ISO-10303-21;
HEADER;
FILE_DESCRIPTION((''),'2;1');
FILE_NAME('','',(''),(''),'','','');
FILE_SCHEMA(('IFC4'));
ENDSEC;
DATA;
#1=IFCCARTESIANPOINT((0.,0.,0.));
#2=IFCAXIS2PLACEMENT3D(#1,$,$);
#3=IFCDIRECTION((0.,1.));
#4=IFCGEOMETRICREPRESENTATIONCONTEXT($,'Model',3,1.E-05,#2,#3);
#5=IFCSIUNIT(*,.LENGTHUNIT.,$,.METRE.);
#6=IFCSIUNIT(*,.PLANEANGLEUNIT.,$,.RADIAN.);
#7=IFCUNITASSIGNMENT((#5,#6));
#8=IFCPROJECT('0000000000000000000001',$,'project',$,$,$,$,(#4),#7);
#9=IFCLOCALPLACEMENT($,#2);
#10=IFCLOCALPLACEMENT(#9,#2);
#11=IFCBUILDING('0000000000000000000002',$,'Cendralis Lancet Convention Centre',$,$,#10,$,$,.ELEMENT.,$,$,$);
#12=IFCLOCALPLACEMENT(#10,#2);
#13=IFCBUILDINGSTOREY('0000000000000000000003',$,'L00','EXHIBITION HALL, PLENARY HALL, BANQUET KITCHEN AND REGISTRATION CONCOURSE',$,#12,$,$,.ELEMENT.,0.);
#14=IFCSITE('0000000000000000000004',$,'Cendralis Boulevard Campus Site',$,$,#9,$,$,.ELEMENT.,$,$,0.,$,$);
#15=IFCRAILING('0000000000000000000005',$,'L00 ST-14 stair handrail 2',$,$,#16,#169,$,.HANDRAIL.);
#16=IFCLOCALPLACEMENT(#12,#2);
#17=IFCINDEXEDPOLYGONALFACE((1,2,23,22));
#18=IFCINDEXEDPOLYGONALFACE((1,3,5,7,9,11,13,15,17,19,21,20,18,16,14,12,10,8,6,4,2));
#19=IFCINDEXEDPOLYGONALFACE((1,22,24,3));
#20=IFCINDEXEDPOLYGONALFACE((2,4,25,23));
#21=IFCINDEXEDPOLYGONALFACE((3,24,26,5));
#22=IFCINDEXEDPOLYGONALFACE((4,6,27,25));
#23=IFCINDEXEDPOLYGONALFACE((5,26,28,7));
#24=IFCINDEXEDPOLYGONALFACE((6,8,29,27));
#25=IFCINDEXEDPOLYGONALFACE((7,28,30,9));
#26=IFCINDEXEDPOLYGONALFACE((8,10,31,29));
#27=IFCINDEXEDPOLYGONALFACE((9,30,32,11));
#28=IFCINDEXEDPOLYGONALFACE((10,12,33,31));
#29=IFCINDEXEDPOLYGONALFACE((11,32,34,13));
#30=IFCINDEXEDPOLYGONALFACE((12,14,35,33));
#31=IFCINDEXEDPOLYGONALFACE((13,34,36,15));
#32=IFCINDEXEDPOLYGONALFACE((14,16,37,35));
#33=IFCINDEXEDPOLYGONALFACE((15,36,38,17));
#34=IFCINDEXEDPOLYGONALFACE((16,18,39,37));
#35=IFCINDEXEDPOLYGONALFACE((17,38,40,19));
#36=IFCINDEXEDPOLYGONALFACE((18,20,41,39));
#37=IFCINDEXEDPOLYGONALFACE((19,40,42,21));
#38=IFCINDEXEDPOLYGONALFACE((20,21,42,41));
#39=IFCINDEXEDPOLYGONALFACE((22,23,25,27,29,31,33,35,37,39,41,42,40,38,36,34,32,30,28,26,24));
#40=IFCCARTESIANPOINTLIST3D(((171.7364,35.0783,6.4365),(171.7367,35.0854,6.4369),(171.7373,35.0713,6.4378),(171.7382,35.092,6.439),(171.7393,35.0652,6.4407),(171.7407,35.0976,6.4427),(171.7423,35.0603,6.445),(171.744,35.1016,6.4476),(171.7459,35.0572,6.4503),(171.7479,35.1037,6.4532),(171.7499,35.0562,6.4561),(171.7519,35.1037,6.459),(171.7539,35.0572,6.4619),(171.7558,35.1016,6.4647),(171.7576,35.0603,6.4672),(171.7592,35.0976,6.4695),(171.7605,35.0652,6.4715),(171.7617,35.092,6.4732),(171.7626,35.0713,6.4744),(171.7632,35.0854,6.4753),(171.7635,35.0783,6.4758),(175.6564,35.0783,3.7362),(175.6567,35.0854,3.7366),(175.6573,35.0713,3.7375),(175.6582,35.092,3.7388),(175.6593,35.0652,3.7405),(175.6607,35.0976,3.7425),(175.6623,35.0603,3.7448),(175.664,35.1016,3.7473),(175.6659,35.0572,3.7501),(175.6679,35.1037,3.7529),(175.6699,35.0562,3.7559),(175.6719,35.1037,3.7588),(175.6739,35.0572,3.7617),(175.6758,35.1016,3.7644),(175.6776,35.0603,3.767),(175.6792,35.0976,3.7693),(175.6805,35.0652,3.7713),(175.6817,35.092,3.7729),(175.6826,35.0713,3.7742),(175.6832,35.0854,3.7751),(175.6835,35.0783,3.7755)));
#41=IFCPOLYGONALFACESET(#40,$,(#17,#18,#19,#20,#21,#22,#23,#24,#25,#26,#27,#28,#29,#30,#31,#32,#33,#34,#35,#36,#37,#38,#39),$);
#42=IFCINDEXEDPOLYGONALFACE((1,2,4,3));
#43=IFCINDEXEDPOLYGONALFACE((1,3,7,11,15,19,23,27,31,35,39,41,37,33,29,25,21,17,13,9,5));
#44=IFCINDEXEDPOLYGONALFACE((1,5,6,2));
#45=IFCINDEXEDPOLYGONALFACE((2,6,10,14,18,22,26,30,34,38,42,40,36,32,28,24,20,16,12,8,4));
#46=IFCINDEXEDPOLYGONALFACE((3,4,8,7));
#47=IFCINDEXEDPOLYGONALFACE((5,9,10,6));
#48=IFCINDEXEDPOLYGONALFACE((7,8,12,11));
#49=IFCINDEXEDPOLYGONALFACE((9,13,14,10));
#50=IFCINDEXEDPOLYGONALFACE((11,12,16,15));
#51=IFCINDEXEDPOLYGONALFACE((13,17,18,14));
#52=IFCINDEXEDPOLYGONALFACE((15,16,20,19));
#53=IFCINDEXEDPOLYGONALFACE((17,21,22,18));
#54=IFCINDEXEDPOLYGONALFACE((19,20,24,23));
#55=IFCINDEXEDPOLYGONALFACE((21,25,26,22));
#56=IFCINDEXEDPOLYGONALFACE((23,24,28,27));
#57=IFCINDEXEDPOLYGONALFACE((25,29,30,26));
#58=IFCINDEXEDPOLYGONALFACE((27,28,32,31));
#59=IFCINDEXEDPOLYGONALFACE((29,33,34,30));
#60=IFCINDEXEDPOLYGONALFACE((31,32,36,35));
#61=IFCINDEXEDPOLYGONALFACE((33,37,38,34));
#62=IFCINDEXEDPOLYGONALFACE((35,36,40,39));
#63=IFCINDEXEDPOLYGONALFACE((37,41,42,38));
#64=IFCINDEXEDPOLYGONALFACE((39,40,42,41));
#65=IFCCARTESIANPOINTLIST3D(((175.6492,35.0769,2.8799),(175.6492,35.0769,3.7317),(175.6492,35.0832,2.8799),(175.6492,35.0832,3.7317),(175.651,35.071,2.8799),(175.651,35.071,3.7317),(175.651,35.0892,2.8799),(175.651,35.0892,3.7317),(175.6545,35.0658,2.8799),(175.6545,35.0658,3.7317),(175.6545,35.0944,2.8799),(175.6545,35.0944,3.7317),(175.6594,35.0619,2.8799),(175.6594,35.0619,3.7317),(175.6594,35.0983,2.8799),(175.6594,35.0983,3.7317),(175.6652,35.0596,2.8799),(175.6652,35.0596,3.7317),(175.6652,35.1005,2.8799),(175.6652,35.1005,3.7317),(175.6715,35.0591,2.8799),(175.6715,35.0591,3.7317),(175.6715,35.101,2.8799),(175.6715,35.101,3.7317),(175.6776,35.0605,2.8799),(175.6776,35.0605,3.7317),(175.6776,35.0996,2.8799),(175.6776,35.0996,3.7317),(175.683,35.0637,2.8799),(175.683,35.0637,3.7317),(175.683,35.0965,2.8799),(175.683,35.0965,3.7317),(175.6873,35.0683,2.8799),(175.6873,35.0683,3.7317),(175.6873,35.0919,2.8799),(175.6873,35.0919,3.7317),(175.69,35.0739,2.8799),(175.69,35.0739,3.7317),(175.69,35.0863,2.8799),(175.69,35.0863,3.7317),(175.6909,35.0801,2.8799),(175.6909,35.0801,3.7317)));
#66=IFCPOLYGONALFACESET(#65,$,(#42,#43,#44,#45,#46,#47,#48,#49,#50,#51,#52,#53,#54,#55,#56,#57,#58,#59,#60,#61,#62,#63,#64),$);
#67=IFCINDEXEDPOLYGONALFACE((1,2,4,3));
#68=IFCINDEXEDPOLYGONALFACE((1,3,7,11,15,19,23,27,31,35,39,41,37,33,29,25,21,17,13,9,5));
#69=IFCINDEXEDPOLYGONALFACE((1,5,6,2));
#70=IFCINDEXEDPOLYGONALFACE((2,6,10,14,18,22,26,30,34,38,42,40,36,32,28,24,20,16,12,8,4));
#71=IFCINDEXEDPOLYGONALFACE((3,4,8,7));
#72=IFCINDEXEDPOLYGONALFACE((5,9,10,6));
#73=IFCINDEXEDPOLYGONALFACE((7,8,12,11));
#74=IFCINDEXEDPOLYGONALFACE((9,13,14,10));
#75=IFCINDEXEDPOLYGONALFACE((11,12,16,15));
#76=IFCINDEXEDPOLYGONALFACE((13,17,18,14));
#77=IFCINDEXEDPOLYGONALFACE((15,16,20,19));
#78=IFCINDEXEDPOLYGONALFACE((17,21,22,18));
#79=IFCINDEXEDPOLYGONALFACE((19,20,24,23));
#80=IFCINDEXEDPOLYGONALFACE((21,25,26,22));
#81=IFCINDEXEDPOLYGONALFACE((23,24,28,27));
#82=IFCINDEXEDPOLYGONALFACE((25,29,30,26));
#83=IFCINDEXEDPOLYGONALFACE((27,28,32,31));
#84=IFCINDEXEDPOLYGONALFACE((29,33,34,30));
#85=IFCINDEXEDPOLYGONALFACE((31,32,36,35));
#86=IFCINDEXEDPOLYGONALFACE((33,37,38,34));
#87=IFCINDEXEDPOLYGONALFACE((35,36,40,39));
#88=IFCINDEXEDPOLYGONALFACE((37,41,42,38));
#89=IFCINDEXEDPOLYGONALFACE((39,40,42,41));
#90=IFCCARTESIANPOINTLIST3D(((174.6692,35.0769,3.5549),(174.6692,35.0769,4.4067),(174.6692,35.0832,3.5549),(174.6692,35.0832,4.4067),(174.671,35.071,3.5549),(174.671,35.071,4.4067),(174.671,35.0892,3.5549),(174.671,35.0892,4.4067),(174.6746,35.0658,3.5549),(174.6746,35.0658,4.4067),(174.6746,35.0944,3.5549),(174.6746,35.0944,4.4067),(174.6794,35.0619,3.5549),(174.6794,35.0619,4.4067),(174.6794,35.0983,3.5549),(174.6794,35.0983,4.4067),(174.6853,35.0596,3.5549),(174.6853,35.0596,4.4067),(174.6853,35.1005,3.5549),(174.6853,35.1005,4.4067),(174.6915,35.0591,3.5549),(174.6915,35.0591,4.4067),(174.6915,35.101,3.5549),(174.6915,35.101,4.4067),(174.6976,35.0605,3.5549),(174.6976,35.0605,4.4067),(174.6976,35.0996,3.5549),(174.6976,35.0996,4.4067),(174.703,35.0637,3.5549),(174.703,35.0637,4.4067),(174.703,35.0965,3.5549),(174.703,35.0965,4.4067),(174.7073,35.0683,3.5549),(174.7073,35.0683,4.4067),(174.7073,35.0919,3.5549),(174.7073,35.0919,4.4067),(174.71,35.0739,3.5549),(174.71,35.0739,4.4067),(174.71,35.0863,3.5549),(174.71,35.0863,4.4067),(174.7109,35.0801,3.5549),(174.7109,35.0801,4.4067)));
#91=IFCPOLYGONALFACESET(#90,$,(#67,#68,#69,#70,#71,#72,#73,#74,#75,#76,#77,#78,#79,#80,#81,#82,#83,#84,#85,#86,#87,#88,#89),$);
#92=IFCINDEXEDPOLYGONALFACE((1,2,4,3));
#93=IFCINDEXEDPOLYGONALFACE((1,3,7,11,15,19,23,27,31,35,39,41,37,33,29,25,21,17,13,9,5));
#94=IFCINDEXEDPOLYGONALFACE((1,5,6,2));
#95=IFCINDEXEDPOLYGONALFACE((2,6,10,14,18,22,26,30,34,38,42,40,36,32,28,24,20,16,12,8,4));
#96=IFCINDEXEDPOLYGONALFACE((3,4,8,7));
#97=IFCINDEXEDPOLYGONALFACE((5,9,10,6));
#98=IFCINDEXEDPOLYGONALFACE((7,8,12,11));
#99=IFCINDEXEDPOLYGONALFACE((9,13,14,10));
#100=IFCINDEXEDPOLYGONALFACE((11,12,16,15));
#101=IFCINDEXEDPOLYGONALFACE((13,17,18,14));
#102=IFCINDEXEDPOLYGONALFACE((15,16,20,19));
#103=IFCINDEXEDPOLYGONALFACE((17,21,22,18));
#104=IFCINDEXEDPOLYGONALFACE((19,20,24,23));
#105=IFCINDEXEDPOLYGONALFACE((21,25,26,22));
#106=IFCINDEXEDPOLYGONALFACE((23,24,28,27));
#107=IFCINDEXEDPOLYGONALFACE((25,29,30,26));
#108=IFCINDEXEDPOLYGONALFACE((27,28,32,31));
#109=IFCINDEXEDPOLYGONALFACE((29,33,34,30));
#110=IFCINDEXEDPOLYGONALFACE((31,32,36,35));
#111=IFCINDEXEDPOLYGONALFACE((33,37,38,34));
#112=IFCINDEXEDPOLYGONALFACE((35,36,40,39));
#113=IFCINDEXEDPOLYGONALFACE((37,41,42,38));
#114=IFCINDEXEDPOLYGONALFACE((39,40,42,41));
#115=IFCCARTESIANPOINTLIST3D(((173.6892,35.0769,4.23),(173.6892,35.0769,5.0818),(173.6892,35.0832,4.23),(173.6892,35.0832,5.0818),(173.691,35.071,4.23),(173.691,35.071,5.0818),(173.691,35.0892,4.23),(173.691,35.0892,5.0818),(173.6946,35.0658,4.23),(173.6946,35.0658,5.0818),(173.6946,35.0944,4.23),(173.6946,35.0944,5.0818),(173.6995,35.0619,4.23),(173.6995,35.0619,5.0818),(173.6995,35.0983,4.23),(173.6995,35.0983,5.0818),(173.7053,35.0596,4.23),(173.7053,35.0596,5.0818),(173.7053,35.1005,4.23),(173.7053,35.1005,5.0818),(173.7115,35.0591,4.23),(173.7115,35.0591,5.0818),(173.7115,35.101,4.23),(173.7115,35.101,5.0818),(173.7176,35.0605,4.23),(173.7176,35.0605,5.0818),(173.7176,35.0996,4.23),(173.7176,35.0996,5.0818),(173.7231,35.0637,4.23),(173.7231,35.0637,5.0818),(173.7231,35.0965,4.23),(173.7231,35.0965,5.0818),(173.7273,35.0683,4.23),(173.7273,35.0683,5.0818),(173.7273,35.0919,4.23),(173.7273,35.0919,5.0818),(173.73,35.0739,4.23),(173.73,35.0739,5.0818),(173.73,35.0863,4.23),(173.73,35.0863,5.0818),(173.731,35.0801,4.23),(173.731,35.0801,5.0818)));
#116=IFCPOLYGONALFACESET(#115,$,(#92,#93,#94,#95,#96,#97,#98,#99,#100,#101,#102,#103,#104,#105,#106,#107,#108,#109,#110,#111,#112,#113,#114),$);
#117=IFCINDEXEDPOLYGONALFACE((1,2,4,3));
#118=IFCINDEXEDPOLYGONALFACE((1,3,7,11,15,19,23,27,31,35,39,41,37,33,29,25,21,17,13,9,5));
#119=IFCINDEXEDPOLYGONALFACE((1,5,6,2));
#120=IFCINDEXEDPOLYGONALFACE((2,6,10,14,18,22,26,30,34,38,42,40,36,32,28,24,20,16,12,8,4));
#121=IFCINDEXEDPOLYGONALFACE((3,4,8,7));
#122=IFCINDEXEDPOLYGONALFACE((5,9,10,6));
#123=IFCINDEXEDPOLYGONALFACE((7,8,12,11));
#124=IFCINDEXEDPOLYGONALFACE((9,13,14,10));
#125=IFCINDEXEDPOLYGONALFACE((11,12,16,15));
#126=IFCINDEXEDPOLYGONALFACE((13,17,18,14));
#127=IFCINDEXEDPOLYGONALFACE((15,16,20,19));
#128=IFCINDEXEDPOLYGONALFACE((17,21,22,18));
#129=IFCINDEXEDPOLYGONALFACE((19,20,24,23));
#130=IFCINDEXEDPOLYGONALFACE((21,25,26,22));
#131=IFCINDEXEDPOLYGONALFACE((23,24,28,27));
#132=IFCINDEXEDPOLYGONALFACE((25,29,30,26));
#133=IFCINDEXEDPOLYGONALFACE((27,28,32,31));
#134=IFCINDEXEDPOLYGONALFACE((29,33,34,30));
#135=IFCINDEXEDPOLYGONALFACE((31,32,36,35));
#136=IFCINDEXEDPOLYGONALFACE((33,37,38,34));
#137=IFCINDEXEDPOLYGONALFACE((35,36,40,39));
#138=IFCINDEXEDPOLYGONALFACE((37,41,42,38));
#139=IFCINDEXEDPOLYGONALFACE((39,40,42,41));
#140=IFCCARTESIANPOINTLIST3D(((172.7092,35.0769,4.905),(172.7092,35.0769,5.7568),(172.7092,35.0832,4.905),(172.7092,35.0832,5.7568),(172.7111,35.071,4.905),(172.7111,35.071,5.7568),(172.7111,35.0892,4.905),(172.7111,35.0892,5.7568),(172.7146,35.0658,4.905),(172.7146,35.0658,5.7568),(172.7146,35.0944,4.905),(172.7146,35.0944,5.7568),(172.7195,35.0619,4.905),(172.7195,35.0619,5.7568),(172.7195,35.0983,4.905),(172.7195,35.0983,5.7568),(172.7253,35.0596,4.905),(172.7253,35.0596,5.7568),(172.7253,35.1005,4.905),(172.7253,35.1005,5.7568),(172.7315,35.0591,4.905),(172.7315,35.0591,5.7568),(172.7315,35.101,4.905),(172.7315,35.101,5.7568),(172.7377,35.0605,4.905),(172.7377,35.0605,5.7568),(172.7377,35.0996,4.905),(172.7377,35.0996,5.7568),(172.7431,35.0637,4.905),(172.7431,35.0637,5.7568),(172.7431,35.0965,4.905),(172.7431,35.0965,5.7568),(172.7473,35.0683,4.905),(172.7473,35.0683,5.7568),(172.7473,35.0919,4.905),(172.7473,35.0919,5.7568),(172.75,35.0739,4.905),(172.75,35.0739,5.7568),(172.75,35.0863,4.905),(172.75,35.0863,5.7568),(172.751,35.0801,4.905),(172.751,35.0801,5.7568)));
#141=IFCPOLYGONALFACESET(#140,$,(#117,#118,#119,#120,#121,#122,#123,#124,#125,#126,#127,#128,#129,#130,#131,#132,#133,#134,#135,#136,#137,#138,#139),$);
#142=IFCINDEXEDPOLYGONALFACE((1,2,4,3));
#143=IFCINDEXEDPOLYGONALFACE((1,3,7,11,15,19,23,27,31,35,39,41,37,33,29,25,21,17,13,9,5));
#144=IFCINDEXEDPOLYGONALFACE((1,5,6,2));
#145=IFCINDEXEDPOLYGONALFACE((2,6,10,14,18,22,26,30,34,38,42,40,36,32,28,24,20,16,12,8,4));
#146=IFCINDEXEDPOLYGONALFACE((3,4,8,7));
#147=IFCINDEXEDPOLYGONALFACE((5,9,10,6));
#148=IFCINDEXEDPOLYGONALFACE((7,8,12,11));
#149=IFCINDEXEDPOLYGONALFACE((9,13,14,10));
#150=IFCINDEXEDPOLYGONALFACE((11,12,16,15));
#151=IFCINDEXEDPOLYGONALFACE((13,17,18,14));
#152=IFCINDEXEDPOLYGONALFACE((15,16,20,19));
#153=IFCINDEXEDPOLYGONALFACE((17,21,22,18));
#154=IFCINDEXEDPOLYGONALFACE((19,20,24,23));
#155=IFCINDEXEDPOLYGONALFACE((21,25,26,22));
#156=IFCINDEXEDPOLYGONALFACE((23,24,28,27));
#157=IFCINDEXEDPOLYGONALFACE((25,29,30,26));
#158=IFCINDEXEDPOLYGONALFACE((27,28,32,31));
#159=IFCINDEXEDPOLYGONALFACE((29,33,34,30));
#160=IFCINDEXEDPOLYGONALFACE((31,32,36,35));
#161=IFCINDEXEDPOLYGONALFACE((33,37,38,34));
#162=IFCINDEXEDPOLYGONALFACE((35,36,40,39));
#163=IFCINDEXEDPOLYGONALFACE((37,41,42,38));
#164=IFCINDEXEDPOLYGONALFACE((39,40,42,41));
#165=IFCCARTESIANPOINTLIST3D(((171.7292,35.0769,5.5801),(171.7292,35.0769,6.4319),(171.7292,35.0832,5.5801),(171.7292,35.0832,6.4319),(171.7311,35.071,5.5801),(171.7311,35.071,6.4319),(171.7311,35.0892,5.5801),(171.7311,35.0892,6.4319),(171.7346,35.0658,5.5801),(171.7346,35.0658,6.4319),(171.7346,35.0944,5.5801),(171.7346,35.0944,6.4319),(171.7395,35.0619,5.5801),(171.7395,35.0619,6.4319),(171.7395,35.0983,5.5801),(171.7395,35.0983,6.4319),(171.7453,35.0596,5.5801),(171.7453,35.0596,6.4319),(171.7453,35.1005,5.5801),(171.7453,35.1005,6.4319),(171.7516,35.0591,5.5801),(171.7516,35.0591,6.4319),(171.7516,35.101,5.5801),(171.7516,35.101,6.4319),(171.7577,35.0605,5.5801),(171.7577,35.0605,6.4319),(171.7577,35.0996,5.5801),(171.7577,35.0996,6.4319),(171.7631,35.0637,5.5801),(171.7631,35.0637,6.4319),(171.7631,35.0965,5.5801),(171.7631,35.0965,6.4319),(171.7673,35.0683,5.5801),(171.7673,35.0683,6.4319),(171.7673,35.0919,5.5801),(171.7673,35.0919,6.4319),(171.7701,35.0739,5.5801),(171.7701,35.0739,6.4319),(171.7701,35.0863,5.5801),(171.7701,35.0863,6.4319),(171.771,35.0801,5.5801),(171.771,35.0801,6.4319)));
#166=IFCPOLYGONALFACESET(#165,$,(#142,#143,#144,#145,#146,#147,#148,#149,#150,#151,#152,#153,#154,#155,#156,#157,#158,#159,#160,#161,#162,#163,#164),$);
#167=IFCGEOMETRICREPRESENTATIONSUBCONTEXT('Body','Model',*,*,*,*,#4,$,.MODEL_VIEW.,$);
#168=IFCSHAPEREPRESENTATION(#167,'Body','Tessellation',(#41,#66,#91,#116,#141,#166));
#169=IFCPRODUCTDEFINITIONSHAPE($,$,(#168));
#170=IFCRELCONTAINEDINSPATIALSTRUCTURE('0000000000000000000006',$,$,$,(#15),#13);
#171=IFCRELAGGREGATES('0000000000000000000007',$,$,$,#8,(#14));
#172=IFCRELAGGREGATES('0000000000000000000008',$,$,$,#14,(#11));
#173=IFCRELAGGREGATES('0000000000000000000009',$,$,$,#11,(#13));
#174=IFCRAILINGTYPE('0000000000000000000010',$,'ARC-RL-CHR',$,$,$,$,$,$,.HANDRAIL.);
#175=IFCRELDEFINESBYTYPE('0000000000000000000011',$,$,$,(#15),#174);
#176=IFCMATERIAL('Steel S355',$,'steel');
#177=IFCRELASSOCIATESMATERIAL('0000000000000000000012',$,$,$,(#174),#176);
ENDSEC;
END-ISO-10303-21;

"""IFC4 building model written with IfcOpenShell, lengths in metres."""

from ifc_helpers import new_model, si_unit, direction, frame, origin, origin_2d, place, context, subcontext, project, spatial, circle, extrude, material, type_object, element, save


model = new_model("IFC4")

# Units and contexts
model_context = context("Model", 3, precision=1e-05, world=origin(), true_north=direction((0.0, 1.0)))
body_context = subcontext(model_context, "Body", "Model", "MODEL_VIEW")
ifc_project = project(units=[si_unit("LENGTHUNIT", "METRE"), si_unit("PLANEANGLEUNIT", "RADIAN")], contexts=[model_context])

# Site, building, storey
site_placement = place(None, origin())
site = spatial("IfcSite", under=ifc_project, at=site_placement, Name="Cendralis Boulevard Campus Site", CompositionType="ELEMENT", RefElevation=0.0)
building_placement = place(site_placement, origin())
building = spatial("IfcBuilding", under=site, at=building_placement, Name="Cendralis Lancet Convention Centre", CompositionType="ELEMENT")
storey_placement = place(building_placement, origin())
storey = spatial("IfcBuildingStorey", under=building, at=storey_placement, Name="L00", Description="EXHIBITION HALL, PLENARY HALL, BANQUET KITCHEN AND REGISTRATION CONCOURSE", CompositionType="ELEMENT", Elevation=0.0)

# Shared definitions
ifc_material_1 = material(Name="Steel S355", Category="steel")

# Railing
railing_type_1 = type_object("IfcRailingType", Name="ARC-RL-CHR", PredefinedType="HANDRAIL", material=ifc_material_1)
railing_1_placement = place(storey_placement, frame((175.6699, 35.0801, 2.8799)))
element("IfcRailing", 1, at=railing_1_placement, inside=storey, type_object=railing_type_1, Name="L00 ST-14 stair handrail 2", PredefinedType="HANDRAIL", context=body_context, shape_type="SweptSolid", body=[
    extrude(circle(Radius=0.0239, at=origin_2d()), frame((0.0, 0.0, 0.876), z_axis=(-0.823527, 0.0, 0.567277), x_axis=(0.0, -1.0, 0.0)), (0.0, 0.0, 1.0), 4.76),
    extrude(circle(Radius=0.021, at=origin_2d()), origin(), (0.0, 0.0, 1.0), 0.8518),
    extrude(circle(Radius=0.021, at=origin_2d()), frame((-0.98, 0.0, 0.675)), (0.0, 0.0, 1.0), 0.8518),
    extrude(circle(Radius=0.021, at=origin_2d()), frame((-1.96, 0.0, 1.3501)), (0.0, 0.0, 1.0), 0.8518),
    extrude(circle(Radius=0.021, at=origin_2d()), frame((-2.9399, 0.0, 2.0251)), (0.0, 0.0, 1.0), 0.8518),
    extrude(circle(Radius=0.021, at=origin_2d()), frame((-3.9199, 0.0, 2.7002)), (0.0, 0.0, 1.0), 0.8518),
])

save(model, "model.ifc")
